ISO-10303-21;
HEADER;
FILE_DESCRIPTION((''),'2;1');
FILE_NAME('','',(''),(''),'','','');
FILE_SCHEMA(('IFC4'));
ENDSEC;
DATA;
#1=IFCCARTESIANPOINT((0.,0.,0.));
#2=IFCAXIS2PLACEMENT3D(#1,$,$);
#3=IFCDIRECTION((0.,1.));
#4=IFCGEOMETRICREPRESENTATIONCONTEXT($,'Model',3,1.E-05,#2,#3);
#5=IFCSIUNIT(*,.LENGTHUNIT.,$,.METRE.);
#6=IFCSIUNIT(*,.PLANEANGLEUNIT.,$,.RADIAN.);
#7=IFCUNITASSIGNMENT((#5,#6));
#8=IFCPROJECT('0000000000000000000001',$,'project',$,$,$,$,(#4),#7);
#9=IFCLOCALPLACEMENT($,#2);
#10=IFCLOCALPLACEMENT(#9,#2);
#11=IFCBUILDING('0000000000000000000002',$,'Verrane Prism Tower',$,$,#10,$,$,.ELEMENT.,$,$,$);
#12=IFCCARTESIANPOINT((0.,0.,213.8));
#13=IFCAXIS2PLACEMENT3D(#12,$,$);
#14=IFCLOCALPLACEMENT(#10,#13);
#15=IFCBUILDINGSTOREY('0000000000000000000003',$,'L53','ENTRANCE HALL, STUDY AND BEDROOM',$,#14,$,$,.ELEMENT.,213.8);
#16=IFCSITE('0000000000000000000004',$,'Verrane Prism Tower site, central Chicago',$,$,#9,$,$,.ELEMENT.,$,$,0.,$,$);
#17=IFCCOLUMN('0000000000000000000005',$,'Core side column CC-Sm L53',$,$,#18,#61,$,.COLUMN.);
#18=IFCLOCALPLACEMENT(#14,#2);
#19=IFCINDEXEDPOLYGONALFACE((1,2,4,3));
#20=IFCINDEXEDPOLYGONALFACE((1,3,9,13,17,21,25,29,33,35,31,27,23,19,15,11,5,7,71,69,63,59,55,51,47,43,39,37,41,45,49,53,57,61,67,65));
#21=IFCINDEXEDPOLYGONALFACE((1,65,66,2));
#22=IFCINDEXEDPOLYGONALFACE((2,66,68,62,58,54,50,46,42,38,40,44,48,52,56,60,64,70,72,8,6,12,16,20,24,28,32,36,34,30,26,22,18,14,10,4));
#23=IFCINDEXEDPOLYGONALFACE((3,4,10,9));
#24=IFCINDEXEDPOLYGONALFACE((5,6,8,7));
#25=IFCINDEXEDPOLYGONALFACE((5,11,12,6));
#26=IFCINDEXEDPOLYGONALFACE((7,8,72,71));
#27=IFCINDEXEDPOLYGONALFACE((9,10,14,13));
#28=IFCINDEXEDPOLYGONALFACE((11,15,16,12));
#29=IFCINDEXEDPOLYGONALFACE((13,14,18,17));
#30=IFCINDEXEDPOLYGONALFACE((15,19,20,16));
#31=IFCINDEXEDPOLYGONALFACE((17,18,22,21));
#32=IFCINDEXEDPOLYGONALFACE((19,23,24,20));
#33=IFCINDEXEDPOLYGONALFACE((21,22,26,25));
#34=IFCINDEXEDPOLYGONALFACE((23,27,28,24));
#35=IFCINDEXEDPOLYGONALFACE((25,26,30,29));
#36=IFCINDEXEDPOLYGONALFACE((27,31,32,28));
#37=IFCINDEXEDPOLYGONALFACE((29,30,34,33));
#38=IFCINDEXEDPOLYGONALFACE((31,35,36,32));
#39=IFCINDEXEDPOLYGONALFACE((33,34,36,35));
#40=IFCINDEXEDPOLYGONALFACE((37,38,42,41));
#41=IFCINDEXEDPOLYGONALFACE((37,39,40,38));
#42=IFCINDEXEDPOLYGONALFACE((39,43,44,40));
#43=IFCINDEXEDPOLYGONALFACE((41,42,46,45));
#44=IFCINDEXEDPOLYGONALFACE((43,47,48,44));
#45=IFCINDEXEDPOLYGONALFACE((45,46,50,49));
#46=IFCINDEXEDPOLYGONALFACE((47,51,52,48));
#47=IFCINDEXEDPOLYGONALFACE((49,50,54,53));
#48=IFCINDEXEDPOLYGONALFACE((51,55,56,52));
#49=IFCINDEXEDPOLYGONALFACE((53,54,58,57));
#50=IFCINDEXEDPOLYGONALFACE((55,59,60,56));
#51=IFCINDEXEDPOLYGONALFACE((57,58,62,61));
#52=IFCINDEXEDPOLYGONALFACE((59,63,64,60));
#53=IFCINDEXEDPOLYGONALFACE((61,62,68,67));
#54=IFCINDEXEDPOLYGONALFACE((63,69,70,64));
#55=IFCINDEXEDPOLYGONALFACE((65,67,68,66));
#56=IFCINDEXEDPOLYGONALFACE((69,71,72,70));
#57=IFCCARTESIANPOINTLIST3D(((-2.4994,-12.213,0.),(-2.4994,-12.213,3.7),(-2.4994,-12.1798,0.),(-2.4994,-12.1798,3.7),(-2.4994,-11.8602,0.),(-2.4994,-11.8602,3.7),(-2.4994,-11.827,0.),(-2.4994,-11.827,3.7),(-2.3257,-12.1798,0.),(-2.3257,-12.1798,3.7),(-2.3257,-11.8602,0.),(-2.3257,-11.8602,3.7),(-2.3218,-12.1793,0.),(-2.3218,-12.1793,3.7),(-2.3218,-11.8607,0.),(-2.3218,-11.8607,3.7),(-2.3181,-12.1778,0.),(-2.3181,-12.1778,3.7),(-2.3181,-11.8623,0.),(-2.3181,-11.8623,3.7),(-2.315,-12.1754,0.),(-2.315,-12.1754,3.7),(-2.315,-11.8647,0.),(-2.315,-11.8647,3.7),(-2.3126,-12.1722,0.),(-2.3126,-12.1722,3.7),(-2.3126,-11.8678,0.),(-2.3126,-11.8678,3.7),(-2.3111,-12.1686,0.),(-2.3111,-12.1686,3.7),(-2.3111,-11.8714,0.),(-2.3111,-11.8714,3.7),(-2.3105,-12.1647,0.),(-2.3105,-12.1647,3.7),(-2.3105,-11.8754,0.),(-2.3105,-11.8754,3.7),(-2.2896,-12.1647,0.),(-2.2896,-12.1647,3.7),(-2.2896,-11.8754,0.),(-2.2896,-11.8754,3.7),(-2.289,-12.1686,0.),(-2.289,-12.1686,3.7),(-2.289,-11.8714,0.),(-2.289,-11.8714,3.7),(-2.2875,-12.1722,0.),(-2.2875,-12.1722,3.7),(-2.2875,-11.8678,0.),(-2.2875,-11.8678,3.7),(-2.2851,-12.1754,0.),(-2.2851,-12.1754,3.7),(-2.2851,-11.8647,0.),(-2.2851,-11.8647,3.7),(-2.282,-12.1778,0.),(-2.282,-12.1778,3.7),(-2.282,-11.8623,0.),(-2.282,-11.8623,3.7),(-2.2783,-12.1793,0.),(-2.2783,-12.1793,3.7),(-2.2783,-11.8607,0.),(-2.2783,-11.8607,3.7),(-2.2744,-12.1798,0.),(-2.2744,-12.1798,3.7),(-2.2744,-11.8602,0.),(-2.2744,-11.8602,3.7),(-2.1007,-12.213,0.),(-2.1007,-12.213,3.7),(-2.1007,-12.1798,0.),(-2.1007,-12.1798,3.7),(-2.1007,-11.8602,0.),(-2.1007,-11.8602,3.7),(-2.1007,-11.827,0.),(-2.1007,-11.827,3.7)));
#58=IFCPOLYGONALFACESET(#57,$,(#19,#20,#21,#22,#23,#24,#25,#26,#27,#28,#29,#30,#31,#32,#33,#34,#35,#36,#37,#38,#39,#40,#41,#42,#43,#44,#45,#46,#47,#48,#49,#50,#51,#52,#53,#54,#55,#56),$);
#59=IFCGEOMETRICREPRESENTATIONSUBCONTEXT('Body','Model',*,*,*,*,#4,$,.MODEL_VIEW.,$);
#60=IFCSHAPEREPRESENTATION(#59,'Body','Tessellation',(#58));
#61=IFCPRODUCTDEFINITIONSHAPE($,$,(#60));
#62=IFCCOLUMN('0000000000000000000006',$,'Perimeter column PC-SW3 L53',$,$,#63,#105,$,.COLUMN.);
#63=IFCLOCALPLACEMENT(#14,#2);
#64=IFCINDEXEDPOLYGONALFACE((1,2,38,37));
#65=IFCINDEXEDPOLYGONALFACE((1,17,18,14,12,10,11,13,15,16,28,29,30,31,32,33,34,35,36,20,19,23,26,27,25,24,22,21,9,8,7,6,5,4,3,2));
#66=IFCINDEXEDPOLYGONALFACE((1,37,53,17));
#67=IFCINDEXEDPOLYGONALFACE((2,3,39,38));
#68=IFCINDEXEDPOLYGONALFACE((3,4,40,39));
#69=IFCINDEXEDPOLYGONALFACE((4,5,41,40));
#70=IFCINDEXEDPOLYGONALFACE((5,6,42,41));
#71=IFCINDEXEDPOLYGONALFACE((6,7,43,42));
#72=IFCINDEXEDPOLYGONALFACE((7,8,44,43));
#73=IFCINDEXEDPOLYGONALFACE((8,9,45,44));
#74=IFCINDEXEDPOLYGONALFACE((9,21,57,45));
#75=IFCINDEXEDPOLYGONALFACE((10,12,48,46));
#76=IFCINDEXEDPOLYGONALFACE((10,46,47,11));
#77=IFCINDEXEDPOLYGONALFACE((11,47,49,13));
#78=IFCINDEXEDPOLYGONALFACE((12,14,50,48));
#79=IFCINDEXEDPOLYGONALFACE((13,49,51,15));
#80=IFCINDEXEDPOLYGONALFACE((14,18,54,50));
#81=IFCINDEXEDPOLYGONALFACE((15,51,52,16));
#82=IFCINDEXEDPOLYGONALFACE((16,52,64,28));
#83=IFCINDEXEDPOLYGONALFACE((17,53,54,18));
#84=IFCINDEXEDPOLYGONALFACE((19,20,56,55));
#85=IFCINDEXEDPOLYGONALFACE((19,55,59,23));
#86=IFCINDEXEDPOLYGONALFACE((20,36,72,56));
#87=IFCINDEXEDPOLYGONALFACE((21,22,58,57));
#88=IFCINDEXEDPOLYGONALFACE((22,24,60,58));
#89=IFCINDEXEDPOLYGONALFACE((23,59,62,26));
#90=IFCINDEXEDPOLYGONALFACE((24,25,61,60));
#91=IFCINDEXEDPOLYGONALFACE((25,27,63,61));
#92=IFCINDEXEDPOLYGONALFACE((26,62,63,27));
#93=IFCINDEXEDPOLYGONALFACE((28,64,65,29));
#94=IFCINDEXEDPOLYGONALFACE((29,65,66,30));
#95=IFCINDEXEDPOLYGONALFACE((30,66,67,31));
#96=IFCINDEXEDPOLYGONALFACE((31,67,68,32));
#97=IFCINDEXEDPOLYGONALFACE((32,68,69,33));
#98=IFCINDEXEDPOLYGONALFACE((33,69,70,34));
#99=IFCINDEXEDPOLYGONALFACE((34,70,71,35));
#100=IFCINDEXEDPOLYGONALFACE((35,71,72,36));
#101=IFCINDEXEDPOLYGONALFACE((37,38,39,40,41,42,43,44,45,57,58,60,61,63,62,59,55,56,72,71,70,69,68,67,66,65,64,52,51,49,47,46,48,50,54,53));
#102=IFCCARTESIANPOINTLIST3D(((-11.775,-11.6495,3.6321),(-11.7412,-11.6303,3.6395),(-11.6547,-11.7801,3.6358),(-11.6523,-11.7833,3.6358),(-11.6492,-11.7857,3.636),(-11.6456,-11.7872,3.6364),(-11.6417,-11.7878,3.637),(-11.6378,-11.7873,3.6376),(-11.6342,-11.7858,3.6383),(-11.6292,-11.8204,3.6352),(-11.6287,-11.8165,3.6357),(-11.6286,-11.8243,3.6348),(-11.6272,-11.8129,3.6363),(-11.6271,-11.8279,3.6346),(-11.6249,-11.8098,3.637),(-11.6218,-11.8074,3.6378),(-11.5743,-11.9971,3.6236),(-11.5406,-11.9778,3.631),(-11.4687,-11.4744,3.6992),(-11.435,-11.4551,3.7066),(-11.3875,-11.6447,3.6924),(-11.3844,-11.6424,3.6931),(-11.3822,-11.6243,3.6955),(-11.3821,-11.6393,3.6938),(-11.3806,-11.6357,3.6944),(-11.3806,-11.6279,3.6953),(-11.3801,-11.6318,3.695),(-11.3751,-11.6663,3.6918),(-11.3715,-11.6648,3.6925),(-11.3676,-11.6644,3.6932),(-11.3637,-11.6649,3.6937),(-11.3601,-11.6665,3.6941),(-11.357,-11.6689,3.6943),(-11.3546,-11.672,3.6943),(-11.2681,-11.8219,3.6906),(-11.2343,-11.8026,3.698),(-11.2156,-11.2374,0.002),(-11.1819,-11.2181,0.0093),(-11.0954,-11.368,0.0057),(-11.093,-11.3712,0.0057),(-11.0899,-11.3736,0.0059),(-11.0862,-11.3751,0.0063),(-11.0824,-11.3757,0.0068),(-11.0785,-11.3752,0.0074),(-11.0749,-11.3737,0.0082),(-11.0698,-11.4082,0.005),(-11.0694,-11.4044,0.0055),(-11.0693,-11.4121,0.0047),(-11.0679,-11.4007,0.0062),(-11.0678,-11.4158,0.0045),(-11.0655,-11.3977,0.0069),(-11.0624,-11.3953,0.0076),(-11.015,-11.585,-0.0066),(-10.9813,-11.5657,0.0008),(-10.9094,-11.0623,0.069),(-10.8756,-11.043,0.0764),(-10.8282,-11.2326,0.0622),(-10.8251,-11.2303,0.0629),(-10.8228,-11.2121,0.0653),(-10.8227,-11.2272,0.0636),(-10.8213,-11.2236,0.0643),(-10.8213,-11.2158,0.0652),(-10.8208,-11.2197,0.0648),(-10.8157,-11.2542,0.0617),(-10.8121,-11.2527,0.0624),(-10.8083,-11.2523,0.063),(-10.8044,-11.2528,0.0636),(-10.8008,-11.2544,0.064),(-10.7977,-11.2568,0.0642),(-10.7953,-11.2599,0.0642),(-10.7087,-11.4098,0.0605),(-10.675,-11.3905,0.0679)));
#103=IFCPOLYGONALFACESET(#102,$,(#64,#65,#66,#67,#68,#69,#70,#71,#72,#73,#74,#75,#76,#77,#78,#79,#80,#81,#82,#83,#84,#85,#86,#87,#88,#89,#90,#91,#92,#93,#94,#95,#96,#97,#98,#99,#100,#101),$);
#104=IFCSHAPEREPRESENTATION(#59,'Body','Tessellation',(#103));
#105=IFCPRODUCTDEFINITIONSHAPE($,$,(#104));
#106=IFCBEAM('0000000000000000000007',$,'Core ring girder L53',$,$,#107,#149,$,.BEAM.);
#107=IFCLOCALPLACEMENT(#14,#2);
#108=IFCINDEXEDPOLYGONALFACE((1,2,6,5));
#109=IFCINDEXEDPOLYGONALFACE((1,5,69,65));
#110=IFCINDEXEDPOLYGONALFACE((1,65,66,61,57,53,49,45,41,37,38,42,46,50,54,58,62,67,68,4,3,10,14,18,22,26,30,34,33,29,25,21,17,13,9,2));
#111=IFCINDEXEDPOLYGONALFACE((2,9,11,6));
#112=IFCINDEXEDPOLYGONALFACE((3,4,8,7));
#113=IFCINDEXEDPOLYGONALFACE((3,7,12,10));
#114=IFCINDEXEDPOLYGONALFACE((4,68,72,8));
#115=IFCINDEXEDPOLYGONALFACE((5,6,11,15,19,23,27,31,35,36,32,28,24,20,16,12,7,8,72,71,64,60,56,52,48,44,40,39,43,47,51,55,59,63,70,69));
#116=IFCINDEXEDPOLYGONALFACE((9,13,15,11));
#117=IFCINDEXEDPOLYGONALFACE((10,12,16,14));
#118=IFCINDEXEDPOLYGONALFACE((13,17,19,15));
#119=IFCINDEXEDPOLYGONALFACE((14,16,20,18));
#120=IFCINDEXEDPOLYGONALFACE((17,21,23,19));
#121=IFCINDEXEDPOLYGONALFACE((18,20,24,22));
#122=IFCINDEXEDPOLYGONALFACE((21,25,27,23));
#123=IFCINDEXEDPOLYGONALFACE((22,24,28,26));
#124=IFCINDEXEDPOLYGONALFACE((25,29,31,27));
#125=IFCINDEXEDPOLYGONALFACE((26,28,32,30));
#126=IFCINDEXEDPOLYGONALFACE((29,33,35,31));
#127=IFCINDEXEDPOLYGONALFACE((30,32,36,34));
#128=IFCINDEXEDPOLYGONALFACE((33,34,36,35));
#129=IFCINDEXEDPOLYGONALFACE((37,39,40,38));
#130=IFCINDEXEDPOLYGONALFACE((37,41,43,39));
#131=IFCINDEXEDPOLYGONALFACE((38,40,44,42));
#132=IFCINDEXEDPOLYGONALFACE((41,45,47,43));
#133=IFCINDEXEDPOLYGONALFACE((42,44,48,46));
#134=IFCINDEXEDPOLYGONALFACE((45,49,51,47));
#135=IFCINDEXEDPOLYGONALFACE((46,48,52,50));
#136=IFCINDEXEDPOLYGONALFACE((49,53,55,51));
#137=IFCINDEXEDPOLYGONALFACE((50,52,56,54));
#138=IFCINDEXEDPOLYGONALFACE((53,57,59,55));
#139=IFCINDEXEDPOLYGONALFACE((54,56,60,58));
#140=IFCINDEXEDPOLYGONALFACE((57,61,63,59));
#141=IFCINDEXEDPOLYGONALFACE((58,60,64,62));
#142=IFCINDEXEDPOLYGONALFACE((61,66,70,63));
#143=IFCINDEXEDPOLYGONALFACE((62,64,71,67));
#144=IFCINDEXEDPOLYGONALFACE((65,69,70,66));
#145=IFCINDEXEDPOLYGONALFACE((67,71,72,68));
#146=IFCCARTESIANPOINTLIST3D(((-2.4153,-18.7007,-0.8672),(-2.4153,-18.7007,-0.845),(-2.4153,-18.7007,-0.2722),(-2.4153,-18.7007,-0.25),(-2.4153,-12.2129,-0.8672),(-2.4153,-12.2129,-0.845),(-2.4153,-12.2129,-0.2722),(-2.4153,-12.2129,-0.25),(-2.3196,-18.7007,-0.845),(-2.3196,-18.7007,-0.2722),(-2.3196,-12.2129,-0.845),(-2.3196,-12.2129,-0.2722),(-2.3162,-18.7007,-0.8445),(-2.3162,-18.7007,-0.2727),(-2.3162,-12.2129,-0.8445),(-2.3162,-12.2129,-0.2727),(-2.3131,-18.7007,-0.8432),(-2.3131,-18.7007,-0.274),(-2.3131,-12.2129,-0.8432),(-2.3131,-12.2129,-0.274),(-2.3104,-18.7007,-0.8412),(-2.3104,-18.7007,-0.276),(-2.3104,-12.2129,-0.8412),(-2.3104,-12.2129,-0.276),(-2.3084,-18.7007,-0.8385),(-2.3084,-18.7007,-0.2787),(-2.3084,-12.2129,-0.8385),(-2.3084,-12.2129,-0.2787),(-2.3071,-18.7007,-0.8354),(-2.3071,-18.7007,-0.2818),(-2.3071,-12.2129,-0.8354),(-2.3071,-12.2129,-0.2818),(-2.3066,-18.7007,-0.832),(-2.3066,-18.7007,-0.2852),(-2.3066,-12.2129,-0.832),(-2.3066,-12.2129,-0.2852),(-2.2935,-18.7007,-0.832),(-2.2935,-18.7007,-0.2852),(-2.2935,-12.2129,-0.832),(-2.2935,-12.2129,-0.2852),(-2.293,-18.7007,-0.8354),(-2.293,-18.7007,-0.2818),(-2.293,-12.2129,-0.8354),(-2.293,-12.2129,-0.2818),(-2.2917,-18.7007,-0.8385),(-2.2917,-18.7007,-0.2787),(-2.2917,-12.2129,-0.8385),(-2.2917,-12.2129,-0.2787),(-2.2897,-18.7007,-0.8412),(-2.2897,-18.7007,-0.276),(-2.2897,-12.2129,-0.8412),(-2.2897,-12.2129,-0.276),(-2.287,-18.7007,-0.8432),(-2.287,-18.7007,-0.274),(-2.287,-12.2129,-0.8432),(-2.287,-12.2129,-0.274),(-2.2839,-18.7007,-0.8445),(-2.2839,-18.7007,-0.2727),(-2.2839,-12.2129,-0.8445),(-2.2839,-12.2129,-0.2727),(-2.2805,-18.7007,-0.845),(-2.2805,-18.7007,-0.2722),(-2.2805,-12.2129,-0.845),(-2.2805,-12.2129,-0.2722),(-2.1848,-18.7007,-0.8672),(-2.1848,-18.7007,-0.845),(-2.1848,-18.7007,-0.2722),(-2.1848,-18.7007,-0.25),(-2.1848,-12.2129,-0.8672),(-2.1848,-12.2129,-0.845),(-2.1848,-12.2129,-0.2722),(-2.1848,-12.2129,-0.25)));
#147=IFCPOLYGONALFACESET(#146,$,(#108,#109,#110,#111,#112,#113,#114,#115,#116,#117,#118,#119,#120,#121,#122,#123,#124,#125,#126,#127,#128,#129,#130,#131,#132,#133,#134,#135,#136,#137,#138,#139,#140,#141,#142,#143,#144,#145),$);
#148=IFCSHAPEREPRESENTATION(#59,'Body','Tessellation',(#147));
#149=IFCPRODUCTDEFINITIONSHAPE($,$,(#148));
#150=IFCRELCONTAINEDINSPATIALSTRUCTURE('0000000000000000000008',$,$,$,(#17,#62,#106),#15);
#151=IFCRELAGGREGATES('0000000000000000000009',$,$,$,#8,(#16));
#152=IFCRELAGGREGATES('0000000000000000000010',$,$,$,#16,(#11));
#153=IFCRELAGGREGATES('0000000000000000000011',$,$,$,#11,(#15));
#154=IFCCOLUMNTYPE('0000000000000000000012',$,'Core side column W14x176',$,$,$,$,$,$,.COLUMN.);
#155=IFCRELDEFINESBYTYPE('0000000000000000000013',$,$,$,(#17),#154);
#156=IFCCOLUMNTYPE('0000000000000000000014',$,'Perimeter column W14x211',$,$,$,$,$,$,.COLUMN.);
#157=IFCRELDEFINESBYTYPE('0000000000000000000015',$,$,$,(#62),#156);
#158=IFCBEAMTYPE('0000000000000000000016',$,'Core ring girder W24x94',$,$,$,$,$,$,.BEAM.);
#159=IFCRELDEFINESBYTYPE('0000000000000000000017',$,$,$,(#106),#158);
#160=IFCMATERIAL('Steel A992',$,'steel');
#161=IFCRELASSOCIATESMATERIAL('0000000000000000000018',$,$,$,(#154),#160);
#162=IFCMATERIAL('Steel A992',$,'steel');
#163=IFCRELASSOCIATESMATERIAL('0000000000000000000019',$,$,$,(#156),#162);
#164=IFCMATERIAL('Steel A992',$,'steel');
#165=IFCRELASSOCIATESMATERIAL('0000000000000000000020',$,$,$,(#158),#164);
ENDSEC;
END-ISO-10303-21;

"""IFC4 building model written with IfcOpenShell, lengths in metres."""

from ifc_helpers import new_model, si_unit, direction, frame, origin, origin_2d, place, context, subcontext, project, spatial, i_section, extrude, material, material_profile, profile_set, type_object, element, save


model = new_model("IFC4")

# Units and contexts
model_context = context("Model", 3, precision=1e-05, world=origin(), true_north=direction((0.0, 1.0)))
body_context = subcontext(model_context, "Body", "Model", "MODEL_VIEW")
ifc_project = project(units=[si_unit("LENGTHUNIT", "METRE"), si_unit("PLANEANGLEUNIT", "RADIAN")], contexts=[model_context])

# Site, building, storey
site_placement = place(None, origin())
site = spatial("IfcSite", under=ifc_project, at=site_placement, Name="Verrane Prism Tower site, central Chicago", CompositionType="ELEMENT", RefElevation=0.0)
building_placement = place(site_placement, origin())
building = spatial("IfcBuilding", under=site, at=building_placement, Name="Verrane Prism Tower", CompositionType="ELEMENT")
storey_placement = place(building_placement, frame((0.0, 0.0, 213.8)))
storey = spatial("IfcBuildingStorey", under=building, at=storey_placement, Name="L53", Description="ENTRANCE HALL, STUDY AND BEDROOM", CompositionType="ELEMENT", Elevation=213.8)

# Columns
ifc_material_1 = material(Name="Steel A992", Category="steel")
ifc_material_profile_1 = material_profile(ifc_material_1, i_section(OverallWidth=0.3987, OverallDepth=0.386, WebThickness=0.021, FlangeThickness=0.0332, FilletRadius=0.0151, at=origin_2d()), Name="W14x176")
ifc_profile_set_1 = profile_set([ifc_material_profile_1], Name="Steel A992")
column_type_1 = type_object("IfcColumnType", Name="Core side column W14x176", PredefinedType="COLUMN", material=ifc_profile_set_1)
column_1_placement = place(storey_placement, frame((-2.3, -12.02, 0.0), z_axis=(0.0, 0.0, 1.0), x_axis=(1.0, 0.0, 0.0)))
element("IfcColumn", 1, at=column_1_placement, inside=storey, type_object=column_type_1, Name="Core side column CC-Sm L53", PredefinedType="COLUMN", context=body_context, shape_type="SweptSolid", body=[
    extrude(i_section(OverallWidth=0.3987, OverallDepth=0.386, WebThickness=0.021, FlangeThickness=0.0332, FilletRadius=0.0151, at=origin_2d()), origin(), (0.0, 0.0, 1.0), 3.7),
])
ifc_material_2 = material(Name="Steel A992", Category="steel")
ifc_material_profile_2 = material_profile(ifc_material_2, i_section(OverallWidth=0.4014, OverallDepth=0.3987, WebThickness=0.0249, FlangeThickness=0.0396, FilletRadius=0.0151, at=origin_2d()), Name="W14x211")
ifc_profile_set_2 = profile_set([ifc_material_profile_2], Name="Steel A992")
column_type_2 = type_object("IfcColumnType", Name="Perimeter column W14x211", PredefinedType="COLUMN", material=ifc_profile_set_2)
column_2_placement = place(storey_placement, frame((-10.9453, -11.314, 0.0349), z_axis=(-0.151332, -0.111501, 0.982174), x_axis=(-0.499862, 0.865844, 0.021277)))
element("IfcColumn", 2, at=column_2_placement, inside=storey, type_object=column_type_2, Name="Perimeter column PC-SW3 L53", PredefinedType="COLUMN", context=body_context, shape_type="SweptSolid", body=[
    extrude(i_section(OverallWidth=0.4014, OverallDepth=0.3987, WebThickness=0.0249, FlangeThickness=0.0396, FilletRadius=0.0151, at=origin_2d()), origin(), (0.0, 0.0, 1.0), 3.696),
])

# Beam
ifc_material_3 = material(Name="Steel A992", Category="steel")
ifc_material_profile_3 = material_profile(ifc_material_3, i_section(OverallWidth=0.2305, OverallDepth=0.6172, WebThickness=0.0132, FlangeThickness=0.0222, FilletRadius=0.0129, at=origin_2d()), Name="W24x94")
ifc_profile_set_3 = profile_set([ifc_material_profile_3], Name="Steel A992")
beam_type_1 = type_object("IfcBeamType", Name="Core ring girder W24x94", PredefinedType="BEAM", material=ifc_profile_set_3)
beam_1_placement = place(storey_placement, frame((-2.3, -12.2129, -0.5586), z_axis=(0.0, -1.0, 0.0), x_axis=(1.0, 0.0, 0.0)))
element("IfcBeam", 3, at=beam_1_placement, inside=storey, type_object=beam_type_1, Name="Core ring girder L53", PredefinedType="BEAM", context=body_context, shape_type="SweptSolid", body=[
    extrude(i_section(OverallWidth=0.2305, OverallDepth=0.6172, WebThickness=0.0132, FlangeThickness=0.0222, FilletRadius=0.0129, at=origin_2d()), origin(), (0.0, 0.0, 1.0), 6.4878),
])

save(model, "model.ifc")
